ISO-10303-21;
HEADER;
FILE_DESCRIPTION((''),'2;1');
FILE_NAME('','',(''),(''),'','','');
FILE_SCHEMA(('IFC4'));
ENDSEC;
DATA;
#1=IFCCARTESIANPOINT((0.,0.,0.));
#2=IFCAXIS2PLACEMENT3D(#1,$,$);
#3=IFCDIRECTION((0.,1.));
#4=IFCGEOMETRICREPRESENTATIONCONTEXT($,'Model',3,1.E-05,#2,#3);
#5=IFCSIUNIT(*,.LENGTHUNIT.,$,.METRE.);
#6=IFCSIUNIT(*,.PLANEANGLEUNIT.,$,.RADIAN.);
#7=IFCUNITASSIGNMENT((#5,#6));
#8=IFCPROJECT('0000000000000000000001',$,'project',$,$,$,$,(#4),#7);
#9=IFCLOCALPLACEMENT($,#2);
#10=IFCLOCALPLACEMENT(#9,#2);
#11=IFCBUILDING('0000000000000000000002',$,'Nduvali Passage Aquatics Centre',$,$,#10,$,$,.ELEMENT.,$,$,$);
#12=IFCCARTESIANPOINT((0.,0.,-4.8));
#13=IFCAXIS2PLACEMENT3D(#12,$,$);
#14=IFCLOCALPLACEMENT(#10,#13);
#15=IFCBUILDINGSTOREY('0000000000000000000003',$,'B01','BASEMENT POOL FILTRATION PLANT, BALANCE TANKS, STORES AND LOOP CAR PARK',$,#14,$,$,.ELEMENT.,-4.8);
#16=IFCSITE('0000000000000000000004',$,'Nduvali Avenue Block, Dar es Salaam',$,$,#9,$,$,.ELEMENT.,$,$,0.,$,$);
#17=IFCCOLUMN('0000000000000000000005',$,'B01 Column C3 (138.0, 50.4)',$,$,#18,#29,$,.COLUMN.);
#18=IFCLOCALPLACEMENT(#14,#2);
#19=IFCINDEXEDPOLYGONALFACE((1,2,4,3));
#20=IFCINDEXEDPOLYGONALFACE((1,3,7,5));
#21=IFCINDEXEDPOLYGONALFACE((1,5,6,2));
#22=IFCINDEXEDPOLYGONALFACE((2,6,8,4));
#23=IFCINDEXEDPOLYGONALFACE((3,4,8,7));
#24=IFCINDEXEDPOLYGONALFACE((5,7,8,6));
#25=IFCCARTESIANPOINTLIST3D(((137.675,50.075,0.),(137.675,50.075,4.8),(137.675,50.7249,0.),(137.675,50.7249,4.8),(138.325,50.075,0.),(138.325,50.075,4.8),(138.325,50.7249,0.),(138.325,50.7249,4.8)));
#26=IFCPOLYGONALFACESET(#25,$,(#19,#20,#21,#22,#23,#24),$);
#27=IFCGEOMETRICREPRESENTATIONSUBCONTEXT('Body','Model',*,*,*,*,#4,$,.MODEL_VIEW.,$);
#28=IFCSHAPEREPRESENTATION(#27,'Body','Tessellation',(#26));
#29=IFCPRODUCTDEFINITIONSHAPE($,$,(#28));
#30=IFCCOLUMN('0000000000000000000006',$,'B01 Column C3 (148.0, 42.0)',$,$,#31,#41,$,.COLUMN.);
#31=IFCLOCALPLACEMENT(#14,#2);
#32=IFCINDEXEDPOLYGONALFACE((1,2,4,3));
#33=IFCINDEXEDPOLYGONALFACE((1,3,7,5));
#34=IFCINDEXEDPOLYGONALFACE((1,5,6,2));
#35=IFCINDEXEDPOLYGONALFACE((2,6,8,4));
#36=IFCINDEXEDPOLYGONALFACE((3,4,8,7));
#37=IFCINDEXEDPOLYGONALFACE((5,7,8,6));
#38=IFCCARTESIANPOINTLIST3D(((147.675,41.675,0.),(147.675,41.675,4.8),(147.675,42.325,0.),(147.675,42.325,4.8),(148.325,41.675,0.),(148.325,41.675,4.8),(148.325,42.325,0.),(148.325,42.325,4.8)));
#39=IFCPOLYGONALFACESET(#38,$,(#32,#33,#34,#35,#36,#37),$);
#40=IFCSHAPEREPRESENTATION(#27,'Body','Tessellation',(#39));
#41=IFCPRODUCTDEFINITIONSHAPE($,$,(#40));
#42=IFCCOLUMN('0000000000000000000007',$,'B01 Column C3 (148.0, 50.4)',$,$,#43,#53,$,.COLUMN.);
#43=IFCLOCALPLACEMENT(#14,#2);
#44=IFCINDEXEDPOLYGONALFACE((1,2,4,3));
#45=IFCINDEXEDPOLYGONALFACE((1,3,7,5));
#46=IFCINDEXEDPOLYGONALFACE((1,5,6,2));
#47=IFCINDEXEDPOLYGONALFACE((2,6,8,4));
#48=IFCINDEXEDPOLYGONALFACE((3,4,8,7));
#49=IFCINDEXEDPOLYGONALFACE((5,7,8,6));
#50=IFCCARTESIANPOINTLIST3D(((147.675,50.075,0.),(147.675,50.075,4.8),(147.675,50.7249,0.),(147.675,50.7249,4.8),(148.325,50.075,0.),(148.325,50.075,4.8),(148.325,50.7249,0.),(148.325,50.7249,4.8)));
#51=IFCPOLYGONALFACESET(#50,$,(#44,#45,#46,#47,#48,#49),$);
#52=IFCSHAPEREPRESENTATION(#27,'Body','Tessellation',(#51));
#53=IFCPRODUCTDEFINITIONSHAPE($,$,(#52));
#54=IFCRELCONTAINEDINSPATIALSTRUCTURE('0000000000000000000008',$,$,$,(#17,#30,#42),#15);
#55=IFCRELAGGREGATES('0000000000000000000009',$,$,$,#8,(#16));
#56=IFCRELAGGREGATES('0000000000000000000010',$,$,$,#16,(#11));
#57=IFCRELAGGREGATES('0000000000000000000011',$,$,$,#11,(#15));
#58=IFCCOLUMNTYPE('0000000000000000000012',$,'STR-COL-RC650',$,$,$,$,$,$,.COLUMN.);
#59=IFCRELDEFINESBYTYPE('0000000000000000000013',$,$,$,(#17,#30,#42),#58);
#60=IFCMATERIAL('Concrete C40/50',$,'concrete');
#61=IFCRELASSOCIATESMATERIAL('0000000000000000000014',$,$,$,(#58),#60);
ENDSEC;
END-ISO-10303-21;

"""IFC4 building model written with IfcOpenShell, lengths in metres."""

from ifc_helpers import new_model, si_unit, direction, frame, origin, origin_2d, place, context, subcontext, project, spatial, rectangle, extrude, material, material_profile, profile_set, type_object, element, save


model = new_model("IFC4")

# Units and contexts
model_context = context("Model", 3, precision=1e-05, world=origin(), true_north=direction((0.0, 1.0)))
body_context = subcontext(model_context, "Body", "Model", "MODEL_VIEW")
ifc_project = project(units=[si_unit("LENGTHUNIT", "METRE"), si_unit("PLANEANGLEUNIT", "RADIAN")], contexts=[model_context])

# Site, building, storey
site_placement = place(None, origin())
site = spatial("IfcSite", under=ifc_project, at=site_placement, Name="Nduvali Avenue Block, Dar es Salaam", CompositionType="ELEMENT", RefElevation=0.0)
building_placement = place(site_placement, origin())
building = spatial("IfcBuilding", under=site, at=building_placement, Name="Nduvali Passage Aquatics Centre", CompositionType="ELEMENT")
storey_placement = place(building_placement, frame((0.0, 0.0, -4.8)))
storey = spatial("IfcBuildingStorey", under=building, at=storey_placement, Name="B01", Description="BASEMENT POOL FILTRATION PLANT, BALANCE TANKS, STORES AND LOOP CAR PARK", CompositionType="ELEMENT", Elevation=-4.8)

# Shared definitions
ifc_material = material(Name="Concrete C40/50", Category="concrete")

# Columns
ifc_material_profile_1 = material_profile(ifc_material, rectangle(XDim=0.6499, YDim=0.6499, at=origin_2d()), Name="RC 650x650")
ifc_profile_set_1 = profile_set([ifc_material_profile_1], Name="Concrete C40/50")
column_type_1 = type_object("IfcColumnType", Name="STR-COL-RC650", PredefinedType="COLUMN", material=ifc_profile_set_1)
for number, where, z_axis, x_axis, name in (
    (1, (138.0, 50.3999, 0.0), (0.0, 0.0, 1.0), (1.0, 0.0, 0.0), "B01 Column C3 (138.0, 50.4)"),
    (2, (148.0, 42.0, 0.0), (0.0, 0.0, 1.0), (1.0, 0.0, 0.0), "B01 Column C3 (148.0, 42.0)"),
    (3, (148.0, 50.3999, 0.0), (0.0, 0.0, 1.0), (1.0, 0.0, 0.0), "B01 Column C3 (148.0, 50.4)"),
):
    element("IfcColumn", number, at=place(storey_placement, frame(where, z_axis=z_axis, x_axis=x_axis)), inside=storey, type_object=column_type_1, Name=name, PredefinedType="COLUMN", context=body_context, shape_type="SweptSolid", body=[
        extrude(rectangle(XDim=0.6499, YDim=0.6499, at=origin_2d()), origin(), (0.0, 0.0, 1.0), 4.8),
    ])

save(model, "model.ifc")
